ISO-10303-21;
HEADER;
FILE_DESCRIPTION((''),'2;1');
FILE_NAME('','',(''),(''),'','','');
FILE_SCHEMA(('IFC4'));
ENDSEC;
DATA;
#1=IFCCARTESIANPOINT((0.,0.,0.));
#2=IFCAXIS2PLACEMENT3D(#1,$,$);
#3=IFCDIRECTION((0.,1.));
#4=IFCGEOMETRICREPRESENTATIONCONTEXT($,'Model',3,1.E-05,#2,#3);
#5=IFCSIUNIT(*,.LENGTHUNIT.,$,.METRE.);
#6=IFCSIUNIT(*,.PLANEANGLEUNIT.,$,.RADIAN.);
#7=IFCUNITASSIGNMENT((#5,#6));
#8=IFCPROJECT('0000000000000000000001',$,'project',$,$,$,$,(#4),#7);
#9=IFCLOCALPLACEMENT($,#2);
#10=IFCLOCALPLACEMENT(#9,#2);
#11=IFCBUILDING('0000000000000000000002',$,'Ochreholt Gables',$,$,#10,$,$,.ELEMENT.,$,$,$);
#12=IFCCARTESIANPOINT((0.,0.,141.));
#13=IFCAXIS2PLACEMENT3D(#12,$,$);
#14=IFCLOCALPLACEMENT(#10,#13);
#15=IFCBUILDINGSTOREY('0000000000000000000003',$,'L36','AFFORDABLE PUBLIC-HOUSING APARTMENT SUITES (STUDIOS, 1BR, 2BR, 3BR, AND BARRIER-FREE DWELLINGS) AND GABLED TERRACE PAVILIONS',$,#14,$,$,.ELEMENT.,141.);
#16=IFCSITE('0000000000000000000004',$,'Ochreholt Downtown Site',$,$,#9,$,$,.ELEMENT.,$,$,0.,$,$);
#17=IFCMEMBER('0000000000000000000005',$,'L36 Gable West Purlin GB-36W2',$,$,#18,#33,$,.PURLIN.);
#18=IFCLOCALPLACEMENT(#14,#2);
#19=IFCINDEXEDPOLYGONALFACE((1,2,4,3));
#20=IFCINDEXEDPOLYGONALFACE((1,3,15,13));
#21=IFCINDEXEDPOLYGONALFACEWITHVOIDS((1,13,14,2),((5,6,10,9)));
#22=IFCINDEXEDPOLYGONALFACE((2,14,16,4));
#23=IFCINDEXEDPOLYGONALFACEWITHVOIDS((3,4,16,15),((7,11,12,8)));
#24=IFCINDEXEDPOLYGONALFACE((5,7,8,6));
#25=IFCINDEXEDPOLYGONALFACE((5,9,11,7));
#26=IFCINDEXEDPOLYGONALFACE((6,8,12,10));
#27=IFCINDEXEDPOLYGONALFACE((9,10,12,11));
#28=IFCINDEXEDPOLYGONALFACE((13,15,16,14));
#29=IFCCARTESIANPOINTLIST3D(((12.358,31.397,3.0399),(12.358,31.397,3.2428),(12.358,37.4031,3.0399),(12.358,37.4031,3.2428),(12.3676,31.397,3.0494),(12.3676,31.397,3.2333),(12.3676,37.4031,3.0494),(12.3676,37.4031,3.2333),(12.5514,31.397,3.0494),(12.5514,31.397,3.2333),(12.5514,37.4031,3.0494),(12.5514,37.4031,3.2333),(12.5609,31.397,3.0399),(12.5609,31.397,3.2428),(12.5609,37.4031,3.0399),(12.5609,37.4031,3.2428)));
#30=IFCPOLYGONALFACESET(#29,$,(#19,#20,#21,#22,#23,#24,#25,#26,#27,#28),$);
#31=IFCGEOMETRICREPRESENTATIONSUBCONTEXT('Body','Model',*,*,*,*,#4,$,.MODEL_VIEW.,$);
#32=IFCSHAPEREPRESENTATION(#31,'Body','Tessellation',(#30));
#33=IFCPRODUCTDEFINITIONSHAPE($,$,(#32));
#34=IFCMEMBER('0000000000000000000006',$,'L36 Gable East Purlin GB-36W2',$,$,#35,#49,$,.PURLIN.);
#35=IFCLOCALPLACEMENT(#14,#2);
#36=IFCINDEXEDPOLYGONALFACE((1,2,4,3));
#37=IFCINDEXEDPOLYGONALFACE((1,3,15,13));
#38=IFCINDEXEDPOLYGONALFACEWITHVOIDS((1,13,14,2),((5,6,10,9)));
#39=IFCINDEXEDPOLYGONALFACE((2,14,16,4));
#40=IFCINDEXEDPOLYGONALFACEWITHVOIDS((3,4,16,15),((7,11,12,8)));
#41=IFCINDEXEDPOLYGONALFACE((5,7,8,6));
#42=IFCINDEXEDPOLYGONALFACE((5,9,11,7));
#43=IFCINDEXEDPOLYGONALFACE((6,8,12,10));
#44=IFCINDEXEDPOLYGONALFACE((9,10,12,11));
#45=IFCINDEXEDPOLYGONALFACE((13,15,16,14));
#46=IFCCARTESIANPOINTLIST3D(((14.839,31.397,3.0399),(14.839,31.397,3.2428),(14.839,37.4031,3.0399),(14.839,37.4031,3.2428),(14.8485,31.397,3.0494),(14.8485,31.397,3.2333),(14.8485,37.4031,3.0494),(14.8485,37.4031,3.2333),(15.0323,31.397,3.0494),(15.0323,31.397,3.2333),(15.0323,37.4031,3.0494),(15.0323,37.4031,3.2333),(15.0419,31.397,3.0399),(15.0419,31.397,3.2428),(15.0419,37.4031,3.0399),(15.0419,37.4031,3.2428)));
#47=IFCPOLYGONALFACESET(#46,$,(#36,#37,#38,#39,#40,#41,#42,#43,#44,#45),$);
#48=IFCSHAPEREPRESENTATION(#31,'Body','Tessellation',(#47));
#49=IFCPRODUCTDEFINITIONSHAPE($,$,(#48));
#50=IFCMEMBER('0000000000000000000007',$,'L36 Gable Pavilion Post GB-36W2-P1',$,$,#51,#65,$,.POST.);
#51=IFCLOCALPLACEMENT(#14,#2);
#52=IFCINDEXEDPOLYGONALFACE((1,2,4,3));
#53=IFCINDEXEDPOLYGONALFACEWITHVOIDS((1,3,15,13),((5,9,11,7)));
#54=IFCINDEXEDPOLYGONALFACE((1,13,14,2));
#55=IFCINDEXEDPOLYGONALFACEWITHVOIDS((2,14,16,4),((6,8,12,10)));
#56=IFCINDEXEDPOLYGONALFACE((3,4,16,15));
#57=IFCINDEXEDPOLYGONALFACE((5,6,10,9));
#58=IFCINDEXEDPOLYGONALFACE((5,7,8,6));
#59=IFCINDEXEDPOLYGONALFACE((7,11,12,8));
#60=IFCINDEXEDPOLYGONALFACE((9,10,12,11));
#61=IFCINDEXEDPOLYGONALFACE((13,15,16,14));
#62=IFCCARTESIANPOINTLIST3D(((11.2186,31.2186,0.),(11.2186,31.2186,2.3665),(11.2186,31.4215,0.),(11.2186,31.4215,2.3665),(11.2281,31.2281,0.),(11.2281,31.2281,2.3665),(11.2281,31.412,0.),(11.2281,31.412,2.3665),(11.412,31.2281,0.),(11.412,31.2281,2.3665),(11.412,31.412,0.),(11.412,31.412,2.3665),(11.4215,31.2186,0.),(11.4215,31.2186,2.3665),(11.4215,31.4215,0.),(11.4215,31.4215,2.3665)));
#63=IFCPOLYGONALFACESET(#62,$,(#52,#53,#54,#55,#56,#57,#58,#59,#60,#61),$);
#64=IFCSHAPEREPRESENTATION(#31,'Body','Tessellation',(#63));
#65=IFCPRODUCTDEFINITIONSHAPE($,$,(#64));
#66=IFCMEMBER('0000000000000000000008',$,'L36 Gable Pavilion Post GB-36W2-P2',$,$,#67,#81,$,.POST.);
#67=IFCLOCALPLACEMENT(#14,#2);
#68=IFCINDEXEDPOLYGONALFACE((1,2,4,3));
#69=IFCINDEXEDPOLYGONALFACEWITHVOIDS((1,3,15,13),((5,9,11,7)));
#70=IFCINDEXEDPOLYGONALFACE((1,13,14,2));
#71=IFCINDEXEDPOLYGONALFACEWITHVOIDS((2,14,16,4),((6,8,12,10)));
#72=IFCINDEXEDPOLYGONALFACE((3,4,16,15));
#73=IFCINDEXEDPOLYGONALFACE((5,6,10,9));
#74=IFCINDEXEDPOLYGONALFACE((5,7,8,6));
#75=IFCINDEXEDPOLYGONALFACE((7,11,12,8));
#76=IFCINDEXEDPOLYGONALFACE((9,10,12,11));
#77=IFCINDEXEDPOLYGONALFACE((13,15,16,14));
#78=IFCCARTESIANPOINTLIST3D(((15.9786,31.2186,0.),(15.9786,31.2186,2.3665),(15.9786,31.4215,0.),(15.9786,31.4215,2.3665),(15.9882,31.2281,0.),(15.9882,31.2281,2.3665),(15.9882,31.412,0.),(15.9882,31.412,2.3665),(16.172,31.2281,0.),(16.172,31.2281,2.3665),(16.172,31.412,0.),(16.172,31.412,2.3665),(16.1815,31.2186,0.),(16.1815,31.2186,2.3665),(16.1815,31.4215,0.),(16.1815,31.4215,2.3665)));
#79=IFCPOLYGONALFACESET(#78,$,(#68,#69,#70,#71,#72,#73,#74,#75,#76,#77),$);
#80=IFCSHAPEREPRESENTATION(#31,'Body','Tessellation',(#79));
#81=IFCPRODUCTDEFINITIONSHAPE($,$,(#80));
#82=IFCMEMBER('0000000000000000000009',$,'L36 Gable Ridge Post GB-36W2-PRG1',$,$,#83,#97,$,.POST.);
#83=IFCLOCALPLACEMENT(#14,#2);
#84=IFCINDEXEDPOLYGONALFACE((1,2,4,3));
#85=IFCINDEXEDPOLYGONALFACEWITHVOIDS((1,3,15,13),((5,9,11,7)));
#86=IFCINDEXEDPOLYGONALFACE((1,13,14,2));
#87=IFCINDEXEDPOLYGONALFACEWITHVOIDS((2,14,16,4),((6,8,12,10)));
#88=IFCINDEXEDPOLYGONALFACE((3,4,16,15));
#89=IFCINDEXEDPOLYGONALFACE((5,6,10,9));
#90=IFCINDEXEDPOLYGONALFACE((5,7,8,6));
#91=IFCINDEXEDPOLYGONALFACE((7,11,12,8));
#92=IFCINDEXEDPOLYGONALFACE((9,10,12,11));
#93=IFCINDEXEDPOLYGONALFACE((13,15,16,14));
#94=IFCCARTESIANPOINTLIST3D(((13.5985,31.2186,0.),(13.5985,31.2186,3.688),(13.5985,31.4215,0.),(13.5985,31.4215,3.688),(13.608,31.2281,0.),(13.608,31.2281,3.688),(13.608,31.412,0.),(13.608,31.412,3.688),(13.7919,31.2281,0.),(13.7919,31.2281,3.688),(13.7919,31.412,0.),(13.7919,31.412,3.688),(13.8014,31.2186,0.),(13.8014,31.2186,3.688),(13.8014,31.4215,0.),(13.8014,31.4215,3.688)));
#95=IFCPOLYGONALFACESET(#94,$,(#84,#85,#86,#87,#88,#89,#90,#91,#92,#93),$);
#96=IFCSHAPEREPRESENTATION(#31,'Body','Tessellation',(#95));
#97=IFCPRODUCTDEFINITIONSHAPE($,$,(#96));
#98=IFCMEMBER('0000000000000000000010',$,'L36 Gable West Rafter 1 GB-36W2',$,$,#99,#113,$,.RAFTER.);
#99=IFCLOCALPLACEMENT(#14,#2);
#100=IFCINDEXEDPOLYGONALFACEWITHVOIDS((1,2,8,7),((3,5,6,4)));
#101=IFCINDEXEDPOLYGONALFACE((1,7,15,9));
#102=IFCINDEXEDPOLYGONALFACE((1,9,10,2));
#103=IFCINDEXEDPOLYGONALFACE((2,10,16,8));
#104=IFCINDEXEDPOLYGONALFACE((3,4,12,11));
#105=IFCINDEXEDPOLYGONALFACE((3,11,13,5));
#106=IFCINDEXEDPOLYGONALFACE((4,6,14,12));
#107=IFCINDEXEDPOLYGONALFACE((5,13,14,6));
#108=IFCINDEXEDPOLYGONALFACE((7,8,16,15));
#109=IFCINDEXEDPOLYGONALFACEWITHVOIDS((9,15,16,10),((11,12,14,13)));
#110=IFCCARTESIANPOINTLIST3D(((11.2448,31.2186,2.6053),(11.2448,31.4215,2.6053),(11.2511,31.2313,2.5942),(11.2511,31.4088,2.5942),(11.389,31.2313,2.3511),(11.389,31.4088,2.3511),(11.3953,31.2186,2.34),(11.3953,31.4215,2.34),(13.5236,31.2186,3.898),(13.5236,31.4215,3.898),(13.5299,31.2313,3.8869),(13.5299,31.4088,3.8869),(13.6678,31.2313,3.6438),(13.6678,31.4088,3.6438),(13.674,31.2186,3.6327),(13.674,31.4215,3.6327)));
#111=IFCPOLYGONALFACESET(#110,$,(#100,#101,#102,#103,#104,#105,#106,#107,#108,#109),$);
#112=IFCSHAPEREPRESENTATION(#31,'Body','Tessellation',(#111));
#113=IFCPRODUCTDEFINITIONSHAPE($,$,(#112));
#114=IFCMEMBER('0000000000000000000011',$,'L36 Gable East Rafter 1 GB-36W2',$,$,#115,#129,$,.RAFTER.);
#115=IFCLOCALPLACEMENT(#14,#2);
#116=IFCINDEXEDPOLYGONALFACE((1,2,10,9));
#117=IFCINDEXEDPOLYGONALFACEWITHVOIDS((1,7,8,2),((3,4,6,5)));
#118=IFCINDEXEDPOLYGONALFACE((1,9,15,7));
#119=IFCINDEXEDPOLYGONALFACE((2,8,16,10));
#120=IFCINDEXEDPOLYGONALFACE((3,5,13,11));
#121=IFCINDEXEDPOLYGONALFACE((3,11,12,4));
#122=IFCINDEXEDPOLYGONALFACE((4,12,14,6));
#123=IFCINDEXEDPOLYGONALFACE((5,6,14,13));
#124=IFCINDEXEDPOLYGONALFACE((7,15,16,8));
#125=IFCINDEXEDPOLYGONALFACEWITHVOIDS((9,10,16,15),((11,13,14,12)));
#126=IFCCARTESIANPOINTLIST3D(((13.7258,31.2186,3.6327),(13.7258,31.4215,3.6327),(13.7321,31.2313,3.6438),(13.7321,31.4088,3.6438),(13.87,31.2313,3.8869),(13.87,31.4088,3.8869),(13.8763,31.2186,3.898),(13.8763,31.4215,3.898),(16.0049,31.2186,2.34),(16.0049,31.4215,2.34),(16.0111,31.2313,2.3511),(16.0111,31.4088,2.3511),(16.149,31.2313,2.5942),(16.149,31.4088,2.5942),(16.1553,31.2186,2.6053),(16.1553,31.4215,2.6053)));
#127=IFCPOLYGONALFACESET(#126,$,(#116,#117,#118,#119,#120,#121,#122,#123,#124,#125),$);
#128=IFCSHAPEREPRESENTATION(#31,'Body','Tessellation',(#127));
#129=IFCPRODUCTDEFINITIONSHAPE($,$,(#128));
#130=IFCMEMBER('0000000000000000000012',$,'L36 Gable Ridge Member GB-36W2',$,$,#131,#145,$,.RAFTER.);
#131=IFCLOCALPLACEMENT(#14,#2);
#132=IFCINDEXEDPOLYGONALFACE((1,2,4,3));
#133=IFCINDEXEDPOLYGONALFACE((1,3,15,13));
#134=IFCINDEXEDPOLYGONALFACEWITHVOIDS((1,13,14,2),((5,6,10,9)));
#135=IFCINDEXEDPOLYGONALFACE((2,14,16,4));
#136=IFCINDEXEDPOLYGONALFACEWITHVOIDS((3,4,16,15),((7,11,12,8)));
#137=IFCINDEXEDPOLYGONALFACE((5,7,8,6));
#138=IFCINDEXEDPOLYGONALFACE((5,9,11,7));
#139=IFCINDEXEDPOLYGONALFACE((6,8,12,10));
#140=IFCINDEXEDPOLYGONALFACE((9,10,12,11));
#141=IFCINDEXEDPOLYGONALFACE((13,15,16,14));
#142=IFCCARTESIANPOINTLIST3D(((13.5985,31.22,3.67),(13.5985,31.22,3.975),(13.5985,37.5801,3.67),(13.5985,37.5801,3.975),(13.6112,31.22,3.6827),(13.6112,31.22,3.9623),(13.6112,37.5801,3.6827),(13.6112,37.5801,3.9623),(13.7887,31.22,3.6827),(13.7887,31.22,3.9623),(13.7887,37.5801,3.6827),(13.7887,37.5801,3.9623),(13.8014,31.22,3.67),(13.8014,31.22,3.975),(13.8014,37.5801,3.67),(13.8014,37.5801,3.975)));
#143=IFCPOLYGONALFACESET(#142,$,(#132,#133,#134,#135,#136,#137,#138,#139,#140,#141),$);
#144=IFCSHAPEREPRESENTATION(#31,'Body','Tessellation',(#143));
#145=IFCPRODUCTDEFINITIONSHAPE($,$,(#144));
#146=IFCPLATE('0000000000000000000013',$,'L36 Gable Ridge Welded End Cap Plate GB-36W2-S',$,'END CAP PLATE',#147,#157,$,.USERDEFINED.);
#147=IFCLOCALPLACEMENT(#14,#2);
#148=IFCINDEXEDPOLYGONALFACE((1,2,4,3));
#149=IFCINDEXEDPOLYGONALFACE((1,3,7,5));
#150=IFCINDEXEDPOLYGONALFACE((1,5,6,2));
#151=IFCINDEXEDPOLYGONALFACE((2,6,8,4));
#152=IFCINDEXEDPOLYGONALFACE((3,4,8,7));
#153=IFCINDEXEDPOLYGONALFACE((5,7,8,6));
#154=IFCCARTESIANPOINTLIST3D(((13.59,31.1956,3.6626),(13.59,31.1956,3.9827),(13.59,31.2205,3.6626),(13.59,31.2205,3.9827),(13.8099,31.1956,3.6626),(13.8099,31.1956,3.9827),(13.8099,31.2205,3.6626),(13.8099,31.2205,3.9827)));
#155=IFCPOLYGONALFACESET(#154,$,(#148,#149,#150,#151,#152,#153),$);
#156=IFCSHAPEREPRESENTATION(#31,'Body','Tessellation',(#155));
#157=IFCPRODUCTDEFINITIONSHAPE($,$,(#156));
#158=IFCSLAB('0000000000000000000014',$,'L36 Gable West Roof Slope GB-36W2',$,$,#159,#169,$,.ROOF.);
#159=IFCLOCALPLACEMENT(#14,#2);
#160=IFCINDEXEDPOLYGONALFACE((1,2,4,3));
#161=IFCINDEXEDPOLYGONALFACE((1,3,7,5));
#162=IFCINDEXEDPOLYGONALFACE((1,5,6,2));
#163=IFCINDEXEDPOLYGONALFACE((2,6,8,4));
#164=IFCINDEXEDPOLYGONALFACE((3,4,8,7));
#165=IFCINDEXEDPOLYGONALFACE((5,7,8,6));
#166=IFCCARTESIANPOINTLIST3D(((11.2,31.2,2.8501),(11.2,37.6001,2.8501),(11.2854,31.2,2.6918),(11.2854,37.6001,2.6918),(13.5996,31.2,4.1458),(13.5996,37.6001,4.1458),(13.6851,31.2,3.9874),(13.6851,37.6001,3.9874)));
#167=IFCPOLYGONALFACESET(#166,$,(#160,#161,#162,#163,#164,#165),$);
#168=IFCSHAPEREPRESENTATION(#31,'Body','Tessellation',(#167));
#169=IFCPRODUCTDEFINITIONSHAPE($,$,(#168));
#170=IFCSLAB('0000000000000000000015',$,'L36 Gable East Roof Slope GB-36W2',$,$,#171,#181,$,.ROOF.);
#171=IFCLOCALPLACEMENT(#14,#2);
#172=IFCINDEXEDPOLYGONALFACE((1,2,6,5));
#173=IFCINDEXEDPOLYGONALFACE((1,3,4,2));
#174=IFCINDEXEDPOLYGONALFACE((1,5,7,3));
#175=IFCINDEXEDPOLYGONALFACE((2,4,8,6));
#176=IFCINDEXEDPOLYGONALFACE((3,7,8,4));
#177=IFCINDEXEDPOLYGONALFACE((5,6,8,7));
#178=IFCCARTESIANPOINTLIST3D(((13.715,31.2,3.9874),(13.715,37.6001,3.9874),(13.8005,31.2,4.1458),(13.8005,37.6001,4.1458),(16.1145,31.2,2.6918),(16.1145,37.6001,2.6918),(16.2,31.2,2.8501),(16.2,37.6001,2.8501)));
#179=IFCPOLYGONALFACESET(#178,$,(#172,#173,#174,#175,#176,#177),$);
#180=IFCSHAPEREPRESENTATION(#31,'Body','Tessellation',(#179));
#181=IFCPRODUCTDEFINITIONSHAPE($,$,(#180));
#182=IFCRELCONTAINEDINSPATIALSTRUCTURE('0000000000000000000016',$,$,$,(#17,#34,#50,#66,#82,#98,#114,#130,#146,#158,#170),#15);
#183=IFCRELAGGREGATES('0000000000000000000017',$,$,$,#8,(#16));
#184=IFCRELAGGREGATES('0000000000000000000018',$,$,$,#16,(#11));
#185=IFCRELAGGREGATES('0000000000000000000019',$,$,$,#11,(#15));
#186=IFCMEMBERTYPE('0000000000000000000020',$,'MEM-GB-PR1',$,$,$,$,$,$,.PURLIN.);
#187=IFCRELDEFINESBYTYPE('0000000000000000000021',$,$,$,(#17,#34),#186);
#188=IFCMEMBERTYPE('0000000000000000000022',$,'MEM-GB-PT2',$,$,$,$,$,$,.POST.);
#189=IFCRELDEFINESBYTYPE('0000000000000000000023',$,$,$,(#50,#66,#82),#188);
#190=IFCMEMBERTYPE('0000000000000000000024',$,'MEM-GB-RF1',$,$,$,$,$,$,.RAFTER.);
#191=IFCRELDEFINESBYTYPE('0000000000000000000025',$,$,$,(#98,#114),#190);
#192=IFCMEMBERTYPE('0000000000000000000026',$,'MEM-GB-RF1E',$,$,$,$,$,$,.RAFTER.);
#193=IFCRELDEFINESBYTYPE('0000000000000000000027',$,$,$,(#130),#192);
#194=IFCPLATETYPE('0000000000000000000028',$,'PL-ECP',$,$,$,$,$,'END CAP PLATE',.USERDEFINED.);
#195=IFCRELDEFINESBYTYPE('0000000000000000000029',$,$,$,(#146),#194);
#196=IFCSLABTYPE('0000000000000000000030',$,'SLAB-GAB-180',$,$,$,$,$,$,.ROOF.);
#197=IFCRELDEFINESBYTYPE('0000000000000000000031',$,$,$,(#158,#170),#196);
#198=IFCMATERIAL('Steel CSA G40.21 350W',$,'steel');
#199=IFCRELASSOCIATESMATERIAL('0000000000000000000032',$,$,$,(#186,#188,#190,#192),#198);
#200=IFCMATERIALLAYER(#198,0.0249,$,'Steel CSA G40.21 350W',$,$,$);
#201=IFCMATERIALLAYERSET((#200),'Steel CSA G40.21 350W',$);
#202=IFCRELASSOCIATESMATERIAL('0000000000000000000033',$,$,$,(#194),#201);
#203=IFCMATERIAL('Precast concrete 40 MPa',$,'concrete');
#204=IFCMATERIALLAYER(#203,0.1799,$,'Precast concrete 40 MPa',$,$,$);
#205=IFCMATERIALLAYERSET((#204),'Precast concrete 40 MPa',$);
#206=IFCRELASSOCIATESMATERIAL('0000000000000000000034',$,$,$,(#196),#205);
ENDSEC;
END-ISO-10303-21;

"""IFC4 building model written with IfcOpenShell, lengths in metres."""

from ifc_helpers import new_model, si_unit, direction, frame, origin, origin_2d, place, context, subcontext, project, spatial, polyline, rectangle, hollow_rectangle, outline, extrude, material, layer, layer_set, material_profile, profile_set, type_object, element, save


model = new_model("IFC4")

# Units and contexts
model_context = context("Model", 3, precision=1e-05, world=origin(), true_north=direction((0.0, 1.0)))
body_context = subcontext(model_context, "Body", "Model", "MODEL_VIEW")
ifc_project = project(units=[si_unit("LENGTHUNIT", "METRE"), si_unit("PLANEANGLEUNIT", "RADIAN")], contexts=[model_context])

# Site, building, storey
site_placement = place(None, origin())
site = spatial("IfcSite", under=ifc_project, at=site_placement, Name="Ochreholt Downtown Site", CompositionType="ELEMENT", RefElevation=0.0)
building_placement = place(site_placement, origin())
building = spatial("IfcBuilding", under=site, at=building_placement, Name="Ochreholt Gables", CompositionType="ELEMENT")
storey_placement = place(building_placement, frame((0.0, 0.0, 141.0)))
storey = spatial("IfcBuildingStorey", under=building, at=storey_placement, Name="L36", Description="AFFORDABLE PUBLIC-HOUSING APARTMENT SUITES (STUDIOS, 1BR, 2BR, 3BR, AND BARRIER-FREE DWELLINGS) AND GABLED TERRACE PAVILIONS", CompositionType="ELEMENT", Elevation=141.0)

# Members
ifc_material_1 = material(Name="Steel CSA G40.21 350W", Category="steel")
ifc_material_profile_1 = material_profile(ifc_material_1, hollow_rectangle(XDim=0.2029, YDim=0.2029, WallThickness=0.0095, at=origin_2d()), Name="HSS203X203X10")
ifc_profile_set_1 = profile_set([ifc_material_profile_1], Name="Steel CSA G40.21 350W")
member_type_1 = type_object("IfcMemberType", Name="MEM-GB-PR1", PredefinedType="PURLIN", material=ifc_profile_set_1)
for number, where, z_axis, x_axis, name in (
    (1, (12.4595, 31.397, 3.1414), (0.0, 1.0, 0.0), (-1.0, 0.0, 0.0), "L36 Gable West Purlin GB-36W2"),
    (2, (14.9404, 31.397, 3.1414), (0.0, 1.0, 0.0), (-1.0, 0.0, 0.0), "L36 Gable East Purlin GB-36W2"),
):
    element("IfcMember", number, at=place(storey_placement, frame(where, z_axis=z_axis, x_axis=x_axis)), inside=storey, type_object=member_type_1, Name=name, PredefinedType="PURLIN", context=body_context, shape_type="SweptSolid", body=[
        extrude(hollow_rectangle(XDim=0.2029, YDim=0.2029, WallThickness=0.0095, at=origin_2d()), origin(), (0.0, 0.0, 1.0), 6.0061),
    ])
ifc_material_profile_2 = material_profile(ifc_material_1, hollow_rectangle(XDim=0.2029, YDim=0.2029, WallThickness=0.0095, at=origin_2d()), Name="HSS203X203X10")
ifc_profile_set_2 = profile_set([ifc_material_profile_2], Name="Steel CSA G40.21 350W")
member_type_2 = type_object("IfcMemberType", Name="MEM-GB-PT2", PredefinedType="POST", material=ifc_profile_set_2)
for number, where, z_axis, x_axis, name in (
    (3, (11.3201, 31.3201, 0.0), (0.0, 0.0, 1.0), (1.0, 0.0, 0.0), "L36 Gable Pavilion Post GB-36W2-P1"),
    (4, (16.0801, 31.3201, 0.0), (0.0, 0.0, 1.0), (1.0, 0.0, 0.0), "L36 Gable Pavilion Post GB-36W2-P2"),
):
    element("IfcMember", number, at=place(storey_placement, frame(where, z_axis=z_axis, x_axis=x_axis)), inside=storey, type_object=member_type_2, Name=name, PredefinedType="POST", context=body_context, shape_type="SweptSolid", body=[
        extrude(hollow_rectangle(XDim=0.2029, YDim=0.2029, WallThickness=0.0095, at=origin_2d()), origin(), (0.0, 0.0, 1.0), 2.3665),
    ])
member_1_placement = place(storey_placement, frame((13.7, 31.3201, 0.0), z_axis=(0.0, 0.0, 1.0), x_axis=(1.0, 0.0, 0.0)))
element("IfcMember", 5, at=member_1_placement, inside=storey, type_object=member_type_2, Name="L36 Gable Ridge Post GB-36W2-PRG1", PredefinedType="POST", context=body_context, shape_type="SweptSolid", body=[
    extrude(hollow_rectangle(XDim=0.2029, YDim=0.2029, WallThickness=0.0095, at=origin_2d()), origin(), (0.0, 0.0, 1.0), 3.688),
])
ifc_material_profile_3 = material_profile(ifc_material_1, hollow_rectangle(XDim=0.2029, YDim=0.3049, WallThickness=0.0127, at=origin_2d()), Name="HSS305X203X13")
ifc_profile_set_3 = profile_set([ifc_material_profile_3], Name="Steel CSA G40.21 350W")
member_type_3 = type_object("IfcMemberType", Name="MEM-GB-RF1", PredefinedType="RAFTER", material=ifc_profile_set_3)
member_2_placement = place(storey_placement, frame((11.3201, 31.3201, 2.4727), z_axis=(0.869793, 0.0, 0.493417), x_axis=(0.0, 1.0, 0.0)))
element("IfcMember", 6, at=member_2_placement, inside=storey, type_object=member_type_3, Name="L36 Gable West Rafter 1 GB-36W2", PredefinedType="RAFTER", context=body_context, shape_type="SweptSolid", body=[
    extrude(hollow_rectangle(XDim=0.2029, YDim=0.3049, WallThickness=0.0127, at=origin_2d()), origin(), (0.0, 0.0, 1.0), 2.6199),
])
member_3_placement = place(storey_placement, frame((16.0801, 31.3201, 2.4727), z_axis=(-0.869816, 0.0, 0.493377), x_axis=(0.0, -1.0, 0.0)))
element("IfcMember", 7, at=member_3_placement, inside=storey, type_object=member_type_3, Name="L36 Gable East Rafter 1 GB-36W2", PredefinedType="RAFTER", context=body_context, shape_type="SweptSolid", body=[
    extrude(hollow_rectangle(XDim=0.2029, YDim=0.3049, WallThickness=0.0127, at=origin_2d()), origin(), (0.0, 0.0, 1.0), 2.6201),
])
ifc_material_profile_4 = material_profile(ifc_material_1, hollow_rectangle(XDim=0.2029, YDim=0.3049, WallThickness=0.0127, at=origin_2d()), Name="HSS305X203X13")
ifc_profile_set_4 = profile_set([ifc_material_profile_4], Name="Steel CSA G40.21 350W")
member_type_4 = type_object("IfcMemberType", Name="MEM-GB-RF1E", PredefinedType="RAFTER", material=ifc_profile_set_4)
member_4_placement = place(storey_placement, frame((13.7, 31.22, 3.8225), z_axis=(0.0, 1.0, 0.0), x_axis=(-1.0, 0.0, 0.0)))
element("IfcMember", 8, at=member_4_placement, inside=storey, type_object=member_type_4, Name="L36 Gable Ridge Member GB-36W2", PredefinedType="RAFTER", context=body_context, shape_type="SweptSolid", body=[
    extrude(hollow_rectangle(XDim=0.2029, YDim=0.3049, WallThickness=0.0127, at=origin_2d()), origin(), (0.0, 0.0, 1.0), 6.3601),
])

# Plate
ifc_layer_1 = layer(ifc_material_1, 0.0249, Name="Steel CSA G40.21 350W")
ifc_layer_set_1 = layer_set([ifc_layer_1], Name="Steel CSA G40.21 350W")
plate_type = type_object("IfcPlateType", Name="PL-ECP", ElementType="END CAP PLATE", PredefinedType="USERDEFINED", material=ifc_layer_set_1)
plate_placement = place(storey_placement, frame((13.7, 31.208, 3.6626), z_axis=(0.0, 0.0, 1.0), x_axis=(1.0, 0.0, 0.0)))
element("IfcPlate", 9, at=plate_placement, inside=storey, type_object=plate_type, Name="L36 Gable Ridge Welded End Cap Plate GB-36W2-S", ObjectType="END CAP PLATE", PredefinedType="USERDEFINED", context=body_context, shape_type="SweptSolid", body=[
    extrude(rectangle(XDim=0.22, YDim=0.0249, at=origin_2d()), origin(), (0.0, 0.0, 1.0), 0.3201),
])

# Slabs
ifc_material_2 = material(Name="Precast concrete 40 MPa", Category="concrete")
ifc_layer_2 = layer(ifc_material_2, 0.1799, Name="Precast concrete 40 MPa")
ifc_layer_set_2 = layer_set([ifc_layer_2], Name="Precast concrete 40 MPa")
slab_type = type_object("IfcSlabType", Name="SLAB-GAB-180", PredefinedType="ROOF", material=ifc_layer_set_2)
slab_1_placement = place(storey_placement, frame((11.2, 31.2, 2.8501), z_axis=(-0.475103, 0.0, 0.87993), x_axis=(0.87993, 0.0, 0.475103)))
element("IfcSlab", 10, at=slab_1_placement, inside=storey, type_object=slab_type, Name="L36 Gable West Roof Slope GB-36W2", PredefinedType="ROOF", context=body_context, shape_type="SweptSolid", body=[
    extrude(outline(polyline([(0.0, 0.0), (2.7271, 0.0), (2.7271, 6.4001), (0.0, 6.4001), (0.0, 0.0)])), origin(), (0.0, 0.0, -1.0), 0.1799),
])
slab_2_placement = place(storey_placement, frame((13.8005, 31.2, 4.1458), z_axis=(0.475141, 0.0, 0.87991), x_axis=(0.87991, 0.0, -0.475141)))
element("IfcSlab", 11, at=slab_2_placement, inside=storey, type_object=slab_type, Name="L36 Gable East Roof Slope GB-36W2", PredefinedType="ROOF", context=body_context, shape_type="SweptSolid", body=[
    extrude(outline(polyline([(0.0, 0.0), (2.7269, 0.0), (2.7269, 6.4001), (0.0, 6.4001), (0.0, 0.0)])), origin(), (0.0, 0.0, -1.0), 0.1799),
])

save(model, "model.ifc")
